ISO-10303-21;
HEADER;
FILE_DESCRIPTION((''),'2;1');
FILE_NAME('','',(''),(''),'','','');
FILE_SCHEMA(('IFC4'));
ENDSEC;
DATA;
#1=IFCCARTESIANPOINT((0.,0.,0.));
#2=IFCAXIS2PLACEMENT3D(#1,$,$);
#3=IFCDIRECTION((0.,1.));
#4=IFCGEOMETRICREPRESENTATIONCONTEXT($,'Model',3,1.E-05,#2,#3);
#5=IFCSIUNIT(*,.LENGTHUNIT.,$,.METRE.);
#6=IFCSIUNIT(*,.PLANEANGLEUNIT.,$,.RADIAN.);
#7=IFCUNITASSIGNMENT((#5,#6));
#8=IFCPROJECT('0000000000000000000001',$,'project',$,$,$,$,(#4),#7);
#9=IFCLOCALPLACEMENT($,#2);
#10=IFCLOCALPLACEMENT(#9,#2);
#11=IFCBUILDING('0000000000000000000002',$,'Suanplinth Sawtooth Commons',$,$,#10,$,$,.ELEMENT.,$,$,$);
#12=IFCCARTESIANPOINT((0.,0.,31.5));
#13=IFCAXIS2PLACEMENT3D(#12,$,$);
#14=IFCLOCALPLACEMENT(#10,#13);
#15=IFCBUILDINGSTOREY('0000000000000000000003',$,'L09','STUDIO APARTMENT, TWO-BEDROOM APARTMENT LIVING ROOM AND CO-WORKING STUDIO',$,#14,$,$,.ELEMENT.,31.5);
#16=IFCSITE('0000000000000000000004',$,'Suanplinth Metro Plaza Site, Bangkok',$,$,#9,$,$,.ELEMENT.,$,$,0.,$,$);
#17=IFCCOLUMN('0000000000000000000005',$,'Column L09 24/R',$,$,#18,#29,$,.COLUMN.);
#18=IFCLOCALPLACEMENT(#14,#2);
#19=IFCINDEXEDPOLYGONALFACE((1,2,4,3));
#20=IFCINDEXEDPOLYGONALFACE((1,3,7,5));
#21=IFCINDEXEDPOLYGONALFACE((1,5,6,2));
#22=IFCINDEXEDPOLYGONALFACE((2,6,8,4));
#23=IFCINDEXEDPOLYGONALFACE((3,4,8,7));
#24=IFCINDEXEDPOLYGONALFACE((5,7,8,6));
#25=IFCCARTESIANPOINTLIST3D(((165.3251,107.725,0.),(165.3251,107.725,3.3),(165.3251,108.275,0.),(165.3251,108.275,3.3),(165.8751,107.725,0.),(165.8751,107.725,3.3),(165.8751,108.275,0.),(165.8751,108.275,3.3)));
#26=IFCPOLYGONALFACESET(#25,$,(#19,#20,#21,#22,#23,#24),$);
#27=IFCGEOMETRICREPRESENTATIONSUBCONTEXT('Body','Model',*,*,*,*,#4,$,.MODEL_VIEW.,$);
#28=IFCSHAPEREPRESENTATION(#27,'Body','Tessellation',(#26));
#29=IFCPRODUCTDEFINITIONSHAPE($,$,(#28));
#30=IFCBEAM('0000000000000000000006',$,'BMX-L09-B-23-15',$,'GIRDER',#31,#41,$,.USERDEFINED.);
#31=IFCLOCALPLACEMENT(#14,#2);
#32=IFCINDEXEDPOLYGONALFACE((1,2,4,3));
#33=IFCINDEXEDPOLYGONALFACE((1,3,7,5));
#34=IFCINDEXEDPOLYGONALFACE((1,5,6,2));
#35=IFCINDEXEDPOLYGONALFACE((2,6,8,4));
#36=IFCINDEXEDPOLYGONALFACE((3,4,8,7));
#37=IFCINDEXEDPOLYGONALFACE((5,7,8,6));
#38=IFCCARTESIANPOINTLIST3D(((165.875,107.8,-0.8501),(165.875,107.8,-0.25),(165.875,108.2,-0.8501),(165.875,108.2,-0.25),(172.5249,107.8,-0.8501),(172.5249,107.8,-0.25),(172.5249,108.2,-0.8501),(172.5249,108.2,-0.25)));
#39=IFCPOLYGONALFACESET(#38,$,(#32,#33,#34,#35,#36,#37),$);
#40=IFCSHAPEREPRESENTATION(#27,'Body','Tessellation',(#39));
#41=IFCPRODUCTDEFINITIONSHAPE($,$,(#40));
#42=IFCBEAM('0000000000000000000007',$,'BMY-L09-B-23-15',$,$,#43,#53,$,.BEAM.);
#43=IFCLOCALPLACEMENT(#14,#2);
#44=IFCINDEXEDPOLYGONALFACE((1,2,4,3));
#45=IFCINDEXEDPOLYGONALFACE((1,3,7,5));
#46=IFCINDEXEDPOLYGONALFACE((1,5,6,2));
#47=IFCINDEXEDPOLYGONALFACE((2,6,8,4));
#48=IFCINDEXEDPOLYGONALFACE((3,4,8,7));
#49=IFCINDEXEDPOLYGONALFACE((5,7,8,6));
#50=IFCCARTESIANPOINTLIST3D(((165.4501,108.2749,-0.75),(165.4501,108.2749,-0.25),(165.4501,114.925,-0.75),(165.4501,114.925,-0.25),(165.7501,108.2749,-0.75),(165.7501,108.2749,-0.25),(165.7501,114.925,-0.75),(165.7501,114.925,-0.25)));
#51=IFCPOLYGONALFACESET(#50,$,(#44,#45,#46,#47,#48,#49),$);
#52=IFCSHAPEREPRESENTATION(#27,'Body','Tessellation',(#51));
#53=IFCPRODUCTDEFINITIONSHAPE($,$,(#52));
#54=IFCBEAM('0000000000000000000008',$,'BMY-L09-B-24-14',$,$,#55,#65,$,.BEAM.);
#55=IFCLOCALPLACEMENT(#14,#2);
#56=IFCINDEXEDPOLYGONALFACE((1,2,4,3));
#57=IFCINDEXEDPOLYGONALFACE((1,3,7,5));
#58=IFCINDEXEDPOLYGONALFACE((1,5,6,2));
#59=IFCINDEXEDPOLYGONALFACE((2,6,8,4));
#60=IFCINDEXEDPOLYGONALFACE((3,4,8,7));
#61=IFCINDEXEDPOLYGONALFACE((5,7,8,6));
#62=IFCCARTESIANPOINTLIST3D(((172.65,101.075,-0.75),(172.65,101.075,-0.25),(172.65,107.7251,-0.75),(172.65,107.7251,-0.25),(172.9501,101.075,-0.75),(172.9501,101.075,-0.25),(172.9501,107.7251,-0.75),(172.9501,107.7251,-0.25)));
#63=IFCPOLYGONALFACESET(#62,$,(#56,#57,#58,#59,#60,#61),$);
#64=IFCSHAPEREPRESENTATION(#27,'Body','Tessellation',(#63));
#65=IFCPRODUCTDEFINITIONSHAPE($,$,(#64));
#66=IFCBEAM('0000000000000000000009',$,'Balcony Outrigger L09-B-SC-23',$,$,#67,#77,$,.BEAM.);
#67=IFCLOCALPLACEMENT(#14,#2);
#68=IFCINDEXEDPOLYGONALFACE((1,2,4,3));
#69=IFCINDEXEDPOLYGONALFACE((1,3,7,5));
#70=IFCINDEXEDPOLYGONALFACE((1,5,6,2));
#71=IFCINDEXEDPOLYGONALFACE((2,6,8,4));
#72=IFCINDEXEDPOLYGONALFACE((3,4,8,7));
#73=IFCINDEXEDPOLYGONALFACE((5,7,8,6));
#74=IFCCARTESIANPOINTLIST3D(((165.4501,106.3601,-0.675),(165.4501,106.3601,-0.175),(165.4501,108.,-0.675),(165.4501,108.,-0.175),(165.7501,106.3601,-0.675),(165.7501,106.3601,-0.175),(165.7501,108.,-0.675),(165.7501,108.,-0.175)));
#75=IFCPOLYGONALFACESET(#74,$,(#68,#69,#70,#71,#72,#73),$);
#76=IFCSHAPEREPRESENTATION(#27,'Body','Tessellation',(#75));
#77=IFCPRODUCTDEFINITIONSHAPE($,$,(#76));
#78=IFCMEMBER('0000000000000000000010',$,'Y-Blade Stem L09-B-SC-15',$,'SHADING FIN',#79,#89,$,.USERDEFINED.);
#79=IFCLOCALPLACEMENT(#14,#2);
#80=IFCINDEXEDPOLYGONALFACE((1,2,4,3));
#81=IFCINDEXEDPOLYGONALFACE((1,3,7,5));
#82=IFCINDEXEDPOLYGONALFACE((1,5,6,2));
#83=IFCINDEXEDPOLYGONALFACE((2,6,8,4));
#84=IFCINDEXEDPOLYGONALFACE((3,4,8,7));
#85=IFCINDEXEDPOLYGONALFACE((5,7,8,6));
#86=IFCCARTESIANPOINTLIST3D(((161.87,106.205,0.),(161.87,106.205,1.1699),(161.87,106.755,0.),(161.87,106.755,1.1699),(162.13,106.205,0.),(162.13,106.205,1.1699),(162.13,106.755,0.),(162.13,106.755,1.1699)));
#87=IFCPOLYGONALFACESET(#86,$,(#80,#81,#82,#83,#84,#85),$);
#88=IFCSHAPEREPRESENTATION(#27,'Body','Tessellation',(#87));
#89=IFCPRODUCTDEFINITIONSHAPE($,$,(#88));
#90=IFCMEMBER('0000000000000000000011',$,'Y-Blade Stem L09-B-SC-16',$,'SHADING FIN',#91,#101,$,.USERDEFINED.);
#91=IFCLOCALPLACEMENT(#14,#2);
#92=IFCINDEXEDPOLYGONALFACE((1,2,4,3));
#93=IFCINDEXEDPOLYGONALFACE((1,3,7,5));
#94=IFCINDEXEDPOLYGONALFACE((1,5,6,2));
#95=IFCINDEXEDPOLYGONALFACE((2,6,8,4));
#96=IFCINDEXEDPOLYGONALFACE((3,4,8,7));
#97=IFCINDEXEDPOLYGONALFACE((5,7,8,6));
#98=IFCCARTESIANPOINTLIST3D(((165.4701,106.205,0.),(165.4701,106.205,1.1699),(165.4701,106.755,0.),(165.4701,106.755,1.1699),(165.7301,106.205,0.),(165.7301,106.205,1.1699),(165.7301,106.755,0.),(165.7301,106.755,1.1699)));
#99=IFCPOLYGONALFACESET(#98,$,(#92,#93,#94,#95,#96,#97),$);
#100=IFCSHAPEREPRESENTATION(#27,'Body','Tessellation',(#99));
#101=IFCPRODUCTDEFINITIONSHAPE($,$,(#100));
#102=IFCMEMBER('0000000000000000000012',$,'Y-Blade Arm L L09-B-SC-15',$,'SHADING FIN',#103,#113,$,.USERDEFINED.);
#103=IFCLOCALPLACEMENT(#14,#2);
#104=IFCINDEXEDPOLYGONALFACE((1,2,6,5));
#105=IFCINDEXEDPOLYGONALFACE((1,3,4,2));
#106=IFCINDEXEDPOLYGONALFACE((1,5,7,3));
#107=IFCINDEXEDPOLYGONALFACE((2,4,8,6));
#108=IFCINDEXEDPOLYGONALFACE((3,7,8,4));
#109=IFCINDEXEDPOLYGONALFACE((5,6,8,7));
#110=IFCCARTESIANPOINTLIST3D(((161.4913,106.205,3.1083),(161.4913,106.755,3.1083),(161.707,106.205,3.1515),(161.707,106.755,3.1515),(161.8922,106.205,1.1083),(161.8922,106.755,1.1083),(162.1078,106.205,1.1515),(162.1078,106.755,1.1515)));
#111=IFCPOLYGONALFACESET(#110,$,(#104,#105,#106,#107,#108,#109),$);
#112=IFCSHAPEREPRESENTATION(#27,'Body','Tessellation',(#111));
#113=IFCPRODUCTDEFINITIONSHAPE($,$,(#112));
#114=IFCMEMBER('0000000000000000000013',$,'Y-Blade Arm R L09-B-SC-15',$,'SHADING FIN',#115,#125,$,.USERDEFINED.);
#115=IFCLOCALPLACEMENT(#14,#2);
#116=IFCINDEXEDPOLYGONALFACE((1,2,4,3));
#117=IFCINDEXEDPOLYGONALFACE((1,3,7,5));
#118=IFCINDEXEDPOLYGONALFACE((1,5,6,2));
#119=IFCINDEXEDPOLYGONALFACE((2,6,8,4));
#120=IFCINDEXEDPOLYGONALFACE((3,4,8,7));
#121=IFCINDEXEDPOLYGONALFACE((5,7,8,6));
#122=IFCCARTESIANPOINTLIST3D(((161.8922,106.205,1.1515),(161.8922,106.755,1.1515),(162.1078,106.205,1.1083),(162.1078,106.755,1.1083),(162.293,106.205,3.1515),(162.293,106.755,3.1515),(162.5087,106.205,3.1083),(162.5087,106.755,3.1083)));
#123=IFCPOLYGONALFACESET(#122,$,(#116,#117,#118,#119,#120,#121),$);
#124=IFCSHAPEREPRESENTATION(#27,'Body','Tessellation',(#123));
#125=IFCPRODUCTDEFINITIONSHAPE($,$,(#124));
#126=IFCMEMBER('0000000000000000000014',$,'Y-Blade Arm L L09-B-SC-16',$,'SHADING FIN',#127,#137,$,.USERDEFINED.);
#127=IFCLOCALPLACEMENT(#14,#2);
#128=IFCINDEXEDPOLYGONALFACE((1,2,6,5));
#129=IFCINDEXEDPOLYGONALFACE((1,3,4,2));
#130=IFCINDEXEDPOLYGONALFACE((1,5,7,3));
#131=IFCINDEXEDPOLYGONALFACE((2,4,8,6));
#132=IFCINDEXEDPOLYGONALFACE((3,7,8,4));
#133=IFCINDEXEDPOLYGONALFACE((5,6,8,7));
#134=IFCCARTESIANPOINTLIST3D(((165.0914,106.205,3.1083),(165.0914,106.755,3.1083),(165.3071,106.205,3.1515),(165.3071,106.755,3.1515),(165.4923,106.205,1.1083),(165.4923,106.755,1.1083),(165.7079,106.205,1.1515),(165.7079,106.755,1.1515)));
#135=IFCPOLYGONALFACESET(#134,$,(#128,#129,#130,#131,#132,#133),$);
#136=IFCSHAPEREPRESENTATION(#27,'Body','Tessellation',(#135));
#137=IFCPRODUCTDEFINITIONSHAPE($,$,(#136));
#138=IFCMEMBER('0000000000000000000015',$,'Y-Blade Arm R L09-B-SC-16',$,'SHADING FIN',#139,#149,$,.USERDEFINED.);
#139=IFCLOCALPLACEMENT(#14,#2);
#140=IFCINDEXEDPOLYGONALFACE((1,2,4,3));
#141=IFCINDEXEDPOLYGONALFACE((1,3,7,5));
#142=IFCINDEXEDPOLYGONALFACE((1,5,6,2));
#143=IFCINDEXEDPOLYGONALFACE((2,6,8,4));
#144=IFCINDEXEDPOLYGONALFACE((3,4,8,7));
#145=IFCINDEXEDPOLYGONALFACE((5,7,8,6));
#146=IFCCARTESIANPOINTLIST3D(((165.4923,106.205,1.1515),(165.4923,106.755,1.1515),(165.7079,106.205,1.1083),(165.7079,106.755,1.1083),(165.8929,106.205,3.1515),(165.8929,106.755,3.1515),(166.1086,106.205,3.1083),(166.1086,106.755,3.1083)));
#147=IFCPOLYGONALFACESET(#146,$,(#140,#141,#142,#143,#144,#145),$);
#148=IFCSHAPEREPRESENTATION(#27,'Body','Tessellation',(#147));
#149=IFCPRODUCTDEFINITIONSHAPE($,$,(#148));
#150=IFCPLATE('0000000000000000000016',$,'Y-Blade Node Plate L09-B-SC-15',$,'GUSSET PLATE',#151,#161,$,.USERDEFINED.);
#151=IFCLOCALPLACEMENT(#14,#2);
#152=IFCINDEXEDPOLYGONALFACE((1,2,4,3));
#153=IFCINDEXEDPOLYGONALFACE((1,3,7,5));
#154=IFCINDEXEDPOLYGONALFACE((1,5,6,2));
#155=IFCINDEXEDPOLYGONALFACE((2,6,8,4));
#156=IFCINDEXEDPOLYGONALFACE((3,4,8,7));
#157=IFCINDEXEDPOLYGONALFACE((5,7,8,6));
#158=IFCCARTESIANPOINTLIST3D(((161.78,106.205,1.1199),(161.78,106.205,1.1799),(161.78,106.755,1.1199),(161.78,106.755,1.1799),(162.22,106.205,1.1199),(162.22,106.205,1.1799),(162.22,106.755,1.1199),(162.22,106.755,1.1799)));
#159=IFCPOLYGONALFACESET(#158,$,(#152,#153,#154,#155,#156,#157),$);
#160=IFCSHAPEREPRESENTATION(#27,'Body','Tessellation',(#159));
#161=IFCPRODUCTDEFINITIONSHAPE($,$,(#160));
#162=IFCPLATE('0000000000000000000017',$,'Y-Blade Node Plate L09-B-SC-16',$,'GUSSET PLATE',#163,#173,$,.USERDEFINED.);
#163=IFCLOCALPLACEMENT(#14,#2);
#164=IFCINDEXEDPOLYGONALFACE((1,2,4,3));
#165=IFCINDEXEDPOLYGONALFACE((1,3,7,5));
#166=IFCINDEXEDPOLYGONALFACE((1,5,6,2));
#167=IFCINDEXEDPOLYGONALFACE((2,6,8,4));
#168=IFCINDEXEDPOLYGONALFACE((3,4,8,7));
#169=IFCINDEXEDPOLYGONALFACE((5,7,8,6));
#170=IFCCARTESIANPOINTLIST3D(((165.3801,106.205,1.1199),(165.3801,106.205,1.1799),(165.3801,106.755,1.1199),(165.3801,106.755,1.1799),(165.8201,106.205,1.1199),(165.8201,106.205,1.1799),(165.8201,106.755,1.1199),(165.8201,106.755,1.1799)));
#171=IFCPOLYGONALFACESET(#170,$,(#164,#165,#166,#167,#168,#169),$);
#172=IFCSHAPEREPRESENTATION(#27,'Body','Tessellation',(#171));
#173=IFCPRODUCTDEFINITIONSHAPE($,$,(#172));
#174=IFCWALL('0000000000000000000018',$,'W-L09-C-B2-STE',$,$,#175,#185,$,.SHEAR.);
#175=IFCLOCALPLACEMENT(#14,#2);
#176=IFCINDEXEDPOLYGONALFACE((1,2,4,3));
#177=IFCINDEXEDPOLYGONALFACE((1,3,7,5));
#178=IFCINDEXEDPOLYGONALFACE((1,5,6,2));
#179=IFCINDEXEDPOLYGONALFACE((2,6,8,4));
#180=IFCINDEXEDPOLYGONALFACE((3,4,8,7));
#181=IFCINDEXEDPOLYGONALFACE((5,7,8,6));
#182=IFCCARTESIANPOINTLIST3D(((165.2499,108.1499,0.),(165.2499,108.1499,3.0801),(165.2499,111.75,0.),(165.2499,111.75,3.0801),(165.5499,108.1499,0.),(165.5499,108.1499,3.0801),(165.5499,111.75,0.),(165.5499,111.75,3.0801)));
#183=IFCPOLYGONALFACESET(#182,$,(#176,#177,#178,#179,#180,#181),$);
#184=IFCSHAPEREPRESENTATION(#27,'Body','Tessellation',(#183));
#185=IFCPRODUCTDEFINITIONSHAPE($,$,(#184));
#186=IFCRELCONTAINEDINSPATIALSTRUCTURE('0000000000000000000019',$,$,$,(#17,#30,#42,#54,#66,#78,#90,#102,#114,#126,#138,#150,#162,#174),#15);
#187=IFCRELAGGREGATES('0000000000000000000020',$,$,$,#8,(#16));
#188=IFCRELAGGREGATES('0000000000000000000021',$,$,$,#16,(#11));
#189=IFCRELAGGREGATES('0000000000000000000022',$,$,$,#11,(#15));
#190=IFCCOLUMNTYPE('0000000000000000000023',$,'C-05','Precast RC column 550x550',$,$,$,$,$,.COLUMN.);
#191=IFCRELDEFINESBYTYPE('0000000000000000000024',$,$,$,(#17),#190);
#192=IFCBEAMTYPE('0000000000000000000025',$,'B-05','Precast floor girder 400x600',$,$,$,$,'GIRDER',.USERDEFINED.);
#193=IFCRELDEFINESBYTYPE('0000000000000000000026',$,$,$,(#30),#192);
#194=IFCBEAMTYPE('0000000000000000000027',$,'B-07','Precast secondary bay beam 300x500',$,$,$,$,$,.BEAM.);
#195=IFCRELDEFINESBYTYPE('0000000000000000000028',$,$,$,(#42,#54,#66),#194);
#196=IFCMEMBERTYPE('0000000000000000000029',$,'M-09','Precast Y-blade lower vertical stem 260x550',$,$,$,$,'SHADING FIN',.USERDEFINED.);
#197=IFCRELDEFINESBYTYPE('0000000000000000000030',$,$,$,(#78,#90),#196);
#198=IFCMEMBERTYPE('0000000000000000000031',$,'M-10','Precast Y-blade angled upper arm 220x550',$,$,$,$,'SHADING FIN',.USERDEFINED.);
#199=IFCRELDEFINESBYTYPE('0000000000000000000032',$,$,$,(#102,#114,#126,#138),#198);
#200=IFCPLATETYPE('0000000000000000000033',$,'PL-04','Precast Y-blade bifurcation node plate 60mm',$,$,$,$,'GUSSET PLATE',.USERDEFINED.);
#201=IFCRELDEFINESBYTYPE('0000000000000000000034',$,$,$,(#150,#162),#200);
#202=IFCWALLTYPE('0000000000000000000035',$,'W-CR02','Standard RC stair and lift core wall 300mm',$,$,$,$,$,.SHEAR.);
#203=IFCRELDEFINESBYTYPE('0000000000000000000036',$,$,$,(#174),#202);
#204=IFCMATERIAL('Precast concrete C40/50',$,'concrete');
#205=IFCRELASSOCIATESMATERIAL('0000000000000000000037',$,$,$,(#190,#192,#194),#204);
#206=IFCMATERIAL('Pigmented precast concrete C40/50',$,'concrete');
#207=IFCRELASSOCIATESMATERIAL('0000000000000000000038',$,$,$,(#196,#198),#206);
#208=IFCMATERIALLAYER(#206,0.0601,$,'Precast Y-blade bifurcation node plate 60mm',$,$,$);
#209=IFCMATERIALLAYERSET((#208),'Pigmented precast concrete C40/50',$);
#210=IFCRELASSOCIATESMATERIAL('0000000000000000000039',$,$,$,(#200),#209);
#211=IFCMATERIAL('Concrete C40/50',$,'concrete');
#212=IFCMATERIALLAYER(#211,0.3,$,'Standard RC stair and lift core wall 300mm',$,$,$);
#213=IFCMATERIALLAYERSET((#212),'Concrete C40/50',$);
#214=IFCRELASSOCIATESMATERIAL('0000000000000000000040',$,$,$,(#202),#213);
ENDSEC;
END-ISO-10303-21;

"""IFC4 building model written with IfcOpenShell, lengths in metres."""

from ifc_helpers import new_model, si_unit, direction, frame, frame_2d, origin, origin_2d, place, context, subcontext, project, spatial, rectangle, extrude, material, layer, layer_set, material_profile, profile_set, type_object, element, save


model = new_model("IFC4")

# Units and contexts
model_context = context("Model", 3, precision=1e-05, world=origin(), true_north=direction((0.0, 1.0)))
body_context = subcontext(model_context, "Body", "Model", "MODEL_VIEW")
ifc_project = project(units=[si_unit("LENGTHUNIT", "METRE"), si_unit("PLANEANGLEUNIT", "RADIAN")], contexts=[model_context])

# Site, building, storey
site_placement = place(None, origin())
site = spatial("IfcSite", under=ifc_project, at=site_placement, Name="Suanplinth Metro Plaza Site, Bangkok", CompositionType="ELEMENT", RefElevation=0.0)
building_placement = place(site_placement, origin())
building = spatial("IfcBuilding", under=site, at=building_placement, Name="Suanplinth Sawtooth Commons", CompositionType="ELEMENT")
storey_placement = place(building_placement, frame((0.0, 0.0, 31.5)))
storey = spatial("IfcBuildingStorey", under=building, at=storey_placement, Name="L09", Description="STUDIO APARTMENT, TWO-BEDROOM APARTMENT LIVING ROOM AND CO-WORKING STUDIO", CompositionType="ELEMENT", Elevation=31.5)

# Column
ifc_material_1 = material(Name="Precast concrete C40/50", Category="concrete")
ifc_material_profile_1 = material_profile(ifc_material_1, rectangle(XDim=0.55, YDim=0.55, at=origin_2d()), Name="PC-COL 550x550")
ifc_profile_set_1 = profile_set([ifc_material_profile_1], Name="Precast concrete C40/50")
column_type = type_object("IfcColumnType", Name="C-05", Description="Precast RC column 550x550", PredefinedType="COLUMN", material=ifc_profile_set_1)
column_placement = place(storey_placement, frame((165.6001, 108.0, 0.0), z_axis=(0.0, 0.0, 1.0), x_axis=(1.0, 0.0, 0.0)))
element("IfcColumn", 1, at=column_placement, inside=storey, type_object=column_type, Name="Column L09 24/R", PredefinedType="COLUMN", context=body_context, shape_type="SweptSolid", body=[
    extrude(rectangle(XDim=0.55, YDim=0.55, at=origin_2d()), origin(), (0.0, 0.0, 1.0), 3.3),
])

# Beams
ifc_material_profile_2 = material_profile(ifc_material_1, rectangle(XDim=0.3999, YDim=0.6001, at=origin_2d()), Name="PC-GDR 400x600")
ifc_profile_set_2 = profile_set([ifc_material_profile_2], Name="Precast concrete C40/50")
beam_type_1 = type_object("IfcBeamType", Name="B-05", Description="Precast floor girder 400x600", ElementType="GIRDER", PredefinedType="USERDEFINED", material=ifc_profile_set_2)
beam_1_placement = place(storey_placement, frame((165.875, 108.0, -0.55), z_axis=(1.0, 0.0, 0.0), x_axis=(0.0, 1.0, 0.0)))
element("IfcBeam", 2, at=beam_1_placement, inside=storey, type_object=beam_type_1, Name="BMX-L09-B-23-15", ObjectType="GIRDER", PredefinedType="USERDEFINED", context=body_context, shape_type="SweptSolid", body=[
    extrude(rectangle(XDim=0.3999, YDim=0.6001, at=origin_2d()), origin(), (0.0, 0.0, 1.0), 6.6499),
])
ifc_material_profile_3 = material_profile(ifc_material_1, rectangle(XDim=0.3, YDim=0.5, at=origin_2d()), Name="PC-BM 300x500")
ifc_profile_set_3 = profile_set([ifc_material_profile_3], Name="Precast concrete C40/50")
beam_type_2 = type_object("IfcBeamType", Name="B-07", Description="Precast secondary bay beam 300x500", PredefinedType="BEAM", material=ifc_profile_set_3)
for number, where, z_axis, x_axis, name in (
    (3, (165.6001, 108.2749, -0.5), (0.0, 1.0, 0.0), (-1.0, 0.0, 0.0), "BMY-L09-B-23-15"),
    (4, (172.8, 101.075, -0.5), (0.0, 1.0, 0.0), (-1.0, 0.0, 0.0), "BMY-L09-B-24-14"),
):
    element("IfcBeam", number, at=place(storey_placement, frame(where, z_axis=z_axis, x_axis=x_axis)), inside=storey, type_object=beam_type_2, Name=name, PredefinedType="BEAM", context=body_context, shape_type="SweptSolid", body=[
        extrude(rectangle(XDim=0.3, YDim=0.5, at=origin_2d()), origin(), (0.0, 0.0, 1.0), 6.6501),
    ])
beam_2_placement = place(storey_placement, frame((165.6001, 108.0, -0.425), z_axis=(0.0, -1.0, 0.0), x_axis=(1.0, 0.0, 0.0)))
element("IfcBeam", 5, at=beam_2_placement, inside=storey, type_object=beam_type_2, Name="Balcony Outrigger L09-B-SC-23", PredefinedType="BEAM", context=body_context, shape_type="SweptSolid", body=[
    extrude(rectangle(XDim=0.3, YDim=0.5, at=origin_2d()), origin(), (0.0, 0.0, 1.0), 1.6399),
])

# Members
ifc_material_2 = material(Name="Pigmented precast concrete C40/50", Category="concrete")
ifc_material_profile_4 = material_profile(ifc_material_2, rectangle(XDim=0.26, YDim=0.55, at=origin_2d()), Name="PC-FIN 260x550")
ifc_profile_set_4 = profile_set([ifc_material_profile_4], Name="Pigmented precast concrete C40/50")
member_type_1 = type_object("IfcMemberType", Name="M-09", Description="Precast Y-blade lower vertical stem 260x550", ElementType="SHADING FIN", PredefinedType="USERDEFINED", material=ifc_profile_set_4)
for number, where, z_axis, x_axis, name in (
    (6, (162.0, 106.48, 0.0), (0.0, 0.0, 1.0), (1.0, 0.0, 0.0), "Y-Blade Stem L09-B-SC-15"),
    (7, (165.6001, 106.48, 0.0), (0.0, 0.0, 1.0), (1.0, 0.0, 0.0), "Y-Blade Stem L09-B-SC-16"),
):
    element("IfcMember", number, at=place(storey_placement, frame(where, z_axis=z_axis, x_axis=x_axis)), inside=storey, type_object=member_type_1, Name=name, ObjectType="SHADING FIN", PredefinedType="USERDEFINED", context=body_context, shape_type="SweptSolid", body=[
        extrude(rectangle(XDim=0.26, YDim=0.55, at=origin_2d()), origin(), (0.0, 0.0, 1.0), 1.1699),
    ])
ifc_material_profile_5 = material_profile(ifc_material_2, rectangle(XDim=0.22, YDim=0.55, at=origin_2d()), Name="PC-FIN 220x550")
ifc_profile_set_5 = profile_set([ifc_material_profile_5], Name="Pigmented precast concrete C40/50")
member_type_2 = type_object("IfcMemberType", Name="M-10", Description="Precast Y-blade angled upper arm 220x550", ElementType="SHADING FIN", PredefinedType="USERDEFINED", material=ifc_profile_set_5)
for number, where, z_axis, x_axis, name in (
    (8, (162.0, 106.48, 1.1299), (-0.19653, 0.0, 0.980498), (0.980498, 0.0, 0.19653), "Y-Blade Arm L L09-B-SC-15"),
    (9, (162.0, 106.48, 1.1299), (0.19653, 0.0, 0.980498), (-0.980498, 0.0, 0.19653), "Y-Blade Arm R L09-B-SC-15"),
    (10, (165.6001, 106.48, 1.1299), (-0.19653, 0.0, 0.980498), (0.980498, 0.0, 0.19653), "Y-Blade Arm L L09-B-SC-16"),
    (11, (165.6001, 106.48, 1.1299), (0.196415, 0.0, 0.980521), (-0.980521, 0.0, 0.196415), "Y-Blade Arm R L09-B-SC-16"),
):
    element("IfcMember", number, at=place(storey_placement, frame(where, z_axis=z_axis, x_axis=x_axis)), inside=storey, type_object=member_type_2, Name=name, ObjectType="SHADING FIN", PredefinedType="USERDEFINED", context=body_context, shape_type="SweptSolid", body=[
        extrude(rectangle(XDim=0.22, YDim=0.55, at=origin_2d()), origin(), (0.0, 0.0, 1.0), 2.0398),
    ])

# Plates
ifc_layer_1 = layer(ifc_material_2, 0.0601, Name="Precast Y-blade bifurcation node plate 60mm")
ifc_layer_set_1 = layer_set([ifc_layer_1], Name="Pigmented precast concrete C40/50")
plate_type = type_object("IfcPlateType", Name="PL-04", Description="Precast Y-blade bifurcation node plate 60mm", ElementType="GUSSET PLATE", PredefinedType="USERDEFINED", material=ifc_layer_set_1)
for number, where, z_axis, x_axis, name in (
    (12, (162.0, 106.48, 1.1199), (0.0, 0.0, 1.0), (1.0, 0.0, 0.0), "Y-Blade Node Plate L09-B-SC-15"),
    (13, (165.6001, 106.48, 1.1199), (0.0, 0.0, 1.0), (1.0, 0.0, 0.0), "Y-Blade Node Plate L09-B-SC-16"),
):
    element("IfcPlate", number, at=place(storey_placement, frame(where, z_axis=z_axis, x_axis=x_axis)), inside=storey, type_object=plate_type, Name=name, ObjectType="GUSSET PLATE", PredefinedType="USERDEFINED", context=body_context, shape_type="SweptSolid", body=[
        extrude(rectangle(XDim=0.4399, YDim=0.55, at=origin_2d()), origin(), (0.0, 0.0, 1.0), 0.0601),
    ])

# Wall
ifc_material_3 = material(Name="Concrete C40/50", Category="concrete")
ifc_layer_2 = layer(ifc_material_3, 0.3, Name="Standard RC stair and lift core wall 300mm")
ifc_layer_set_2 = layer_set([ifc_layer_2], Name="Concrete C40/50")
wall_type_1 = type_object("IfcWallType", Name="W-CR02", Description="Standard RC stair and lift core wall 300mm", PredefinedType="SHEAR", material=ifc_layer_set_2)
wall_1_placement = place(storey_placement, frame((165.3999, 108.1499, 0.0), z_axis=(0.0, 0.0, 1.0), x_axis=(0.0, 1.0, 0.0)))
element("IfcWall", 14, at=wall_1_placement, inside=storey, type_object=wall_type_1, Name="W-L09-C-B2-STE", PredefinedType="SHEAR", context=body_context, shape_type="SweptSolid", body=[
    extrude(rectangle(XDim=3.6001, YDim=0.3, at=frame_2d((1.8, 0.0))), origin(), (0.0, 0.0, 1.0), 3.0801),
])

save(model, "model.ifc")
